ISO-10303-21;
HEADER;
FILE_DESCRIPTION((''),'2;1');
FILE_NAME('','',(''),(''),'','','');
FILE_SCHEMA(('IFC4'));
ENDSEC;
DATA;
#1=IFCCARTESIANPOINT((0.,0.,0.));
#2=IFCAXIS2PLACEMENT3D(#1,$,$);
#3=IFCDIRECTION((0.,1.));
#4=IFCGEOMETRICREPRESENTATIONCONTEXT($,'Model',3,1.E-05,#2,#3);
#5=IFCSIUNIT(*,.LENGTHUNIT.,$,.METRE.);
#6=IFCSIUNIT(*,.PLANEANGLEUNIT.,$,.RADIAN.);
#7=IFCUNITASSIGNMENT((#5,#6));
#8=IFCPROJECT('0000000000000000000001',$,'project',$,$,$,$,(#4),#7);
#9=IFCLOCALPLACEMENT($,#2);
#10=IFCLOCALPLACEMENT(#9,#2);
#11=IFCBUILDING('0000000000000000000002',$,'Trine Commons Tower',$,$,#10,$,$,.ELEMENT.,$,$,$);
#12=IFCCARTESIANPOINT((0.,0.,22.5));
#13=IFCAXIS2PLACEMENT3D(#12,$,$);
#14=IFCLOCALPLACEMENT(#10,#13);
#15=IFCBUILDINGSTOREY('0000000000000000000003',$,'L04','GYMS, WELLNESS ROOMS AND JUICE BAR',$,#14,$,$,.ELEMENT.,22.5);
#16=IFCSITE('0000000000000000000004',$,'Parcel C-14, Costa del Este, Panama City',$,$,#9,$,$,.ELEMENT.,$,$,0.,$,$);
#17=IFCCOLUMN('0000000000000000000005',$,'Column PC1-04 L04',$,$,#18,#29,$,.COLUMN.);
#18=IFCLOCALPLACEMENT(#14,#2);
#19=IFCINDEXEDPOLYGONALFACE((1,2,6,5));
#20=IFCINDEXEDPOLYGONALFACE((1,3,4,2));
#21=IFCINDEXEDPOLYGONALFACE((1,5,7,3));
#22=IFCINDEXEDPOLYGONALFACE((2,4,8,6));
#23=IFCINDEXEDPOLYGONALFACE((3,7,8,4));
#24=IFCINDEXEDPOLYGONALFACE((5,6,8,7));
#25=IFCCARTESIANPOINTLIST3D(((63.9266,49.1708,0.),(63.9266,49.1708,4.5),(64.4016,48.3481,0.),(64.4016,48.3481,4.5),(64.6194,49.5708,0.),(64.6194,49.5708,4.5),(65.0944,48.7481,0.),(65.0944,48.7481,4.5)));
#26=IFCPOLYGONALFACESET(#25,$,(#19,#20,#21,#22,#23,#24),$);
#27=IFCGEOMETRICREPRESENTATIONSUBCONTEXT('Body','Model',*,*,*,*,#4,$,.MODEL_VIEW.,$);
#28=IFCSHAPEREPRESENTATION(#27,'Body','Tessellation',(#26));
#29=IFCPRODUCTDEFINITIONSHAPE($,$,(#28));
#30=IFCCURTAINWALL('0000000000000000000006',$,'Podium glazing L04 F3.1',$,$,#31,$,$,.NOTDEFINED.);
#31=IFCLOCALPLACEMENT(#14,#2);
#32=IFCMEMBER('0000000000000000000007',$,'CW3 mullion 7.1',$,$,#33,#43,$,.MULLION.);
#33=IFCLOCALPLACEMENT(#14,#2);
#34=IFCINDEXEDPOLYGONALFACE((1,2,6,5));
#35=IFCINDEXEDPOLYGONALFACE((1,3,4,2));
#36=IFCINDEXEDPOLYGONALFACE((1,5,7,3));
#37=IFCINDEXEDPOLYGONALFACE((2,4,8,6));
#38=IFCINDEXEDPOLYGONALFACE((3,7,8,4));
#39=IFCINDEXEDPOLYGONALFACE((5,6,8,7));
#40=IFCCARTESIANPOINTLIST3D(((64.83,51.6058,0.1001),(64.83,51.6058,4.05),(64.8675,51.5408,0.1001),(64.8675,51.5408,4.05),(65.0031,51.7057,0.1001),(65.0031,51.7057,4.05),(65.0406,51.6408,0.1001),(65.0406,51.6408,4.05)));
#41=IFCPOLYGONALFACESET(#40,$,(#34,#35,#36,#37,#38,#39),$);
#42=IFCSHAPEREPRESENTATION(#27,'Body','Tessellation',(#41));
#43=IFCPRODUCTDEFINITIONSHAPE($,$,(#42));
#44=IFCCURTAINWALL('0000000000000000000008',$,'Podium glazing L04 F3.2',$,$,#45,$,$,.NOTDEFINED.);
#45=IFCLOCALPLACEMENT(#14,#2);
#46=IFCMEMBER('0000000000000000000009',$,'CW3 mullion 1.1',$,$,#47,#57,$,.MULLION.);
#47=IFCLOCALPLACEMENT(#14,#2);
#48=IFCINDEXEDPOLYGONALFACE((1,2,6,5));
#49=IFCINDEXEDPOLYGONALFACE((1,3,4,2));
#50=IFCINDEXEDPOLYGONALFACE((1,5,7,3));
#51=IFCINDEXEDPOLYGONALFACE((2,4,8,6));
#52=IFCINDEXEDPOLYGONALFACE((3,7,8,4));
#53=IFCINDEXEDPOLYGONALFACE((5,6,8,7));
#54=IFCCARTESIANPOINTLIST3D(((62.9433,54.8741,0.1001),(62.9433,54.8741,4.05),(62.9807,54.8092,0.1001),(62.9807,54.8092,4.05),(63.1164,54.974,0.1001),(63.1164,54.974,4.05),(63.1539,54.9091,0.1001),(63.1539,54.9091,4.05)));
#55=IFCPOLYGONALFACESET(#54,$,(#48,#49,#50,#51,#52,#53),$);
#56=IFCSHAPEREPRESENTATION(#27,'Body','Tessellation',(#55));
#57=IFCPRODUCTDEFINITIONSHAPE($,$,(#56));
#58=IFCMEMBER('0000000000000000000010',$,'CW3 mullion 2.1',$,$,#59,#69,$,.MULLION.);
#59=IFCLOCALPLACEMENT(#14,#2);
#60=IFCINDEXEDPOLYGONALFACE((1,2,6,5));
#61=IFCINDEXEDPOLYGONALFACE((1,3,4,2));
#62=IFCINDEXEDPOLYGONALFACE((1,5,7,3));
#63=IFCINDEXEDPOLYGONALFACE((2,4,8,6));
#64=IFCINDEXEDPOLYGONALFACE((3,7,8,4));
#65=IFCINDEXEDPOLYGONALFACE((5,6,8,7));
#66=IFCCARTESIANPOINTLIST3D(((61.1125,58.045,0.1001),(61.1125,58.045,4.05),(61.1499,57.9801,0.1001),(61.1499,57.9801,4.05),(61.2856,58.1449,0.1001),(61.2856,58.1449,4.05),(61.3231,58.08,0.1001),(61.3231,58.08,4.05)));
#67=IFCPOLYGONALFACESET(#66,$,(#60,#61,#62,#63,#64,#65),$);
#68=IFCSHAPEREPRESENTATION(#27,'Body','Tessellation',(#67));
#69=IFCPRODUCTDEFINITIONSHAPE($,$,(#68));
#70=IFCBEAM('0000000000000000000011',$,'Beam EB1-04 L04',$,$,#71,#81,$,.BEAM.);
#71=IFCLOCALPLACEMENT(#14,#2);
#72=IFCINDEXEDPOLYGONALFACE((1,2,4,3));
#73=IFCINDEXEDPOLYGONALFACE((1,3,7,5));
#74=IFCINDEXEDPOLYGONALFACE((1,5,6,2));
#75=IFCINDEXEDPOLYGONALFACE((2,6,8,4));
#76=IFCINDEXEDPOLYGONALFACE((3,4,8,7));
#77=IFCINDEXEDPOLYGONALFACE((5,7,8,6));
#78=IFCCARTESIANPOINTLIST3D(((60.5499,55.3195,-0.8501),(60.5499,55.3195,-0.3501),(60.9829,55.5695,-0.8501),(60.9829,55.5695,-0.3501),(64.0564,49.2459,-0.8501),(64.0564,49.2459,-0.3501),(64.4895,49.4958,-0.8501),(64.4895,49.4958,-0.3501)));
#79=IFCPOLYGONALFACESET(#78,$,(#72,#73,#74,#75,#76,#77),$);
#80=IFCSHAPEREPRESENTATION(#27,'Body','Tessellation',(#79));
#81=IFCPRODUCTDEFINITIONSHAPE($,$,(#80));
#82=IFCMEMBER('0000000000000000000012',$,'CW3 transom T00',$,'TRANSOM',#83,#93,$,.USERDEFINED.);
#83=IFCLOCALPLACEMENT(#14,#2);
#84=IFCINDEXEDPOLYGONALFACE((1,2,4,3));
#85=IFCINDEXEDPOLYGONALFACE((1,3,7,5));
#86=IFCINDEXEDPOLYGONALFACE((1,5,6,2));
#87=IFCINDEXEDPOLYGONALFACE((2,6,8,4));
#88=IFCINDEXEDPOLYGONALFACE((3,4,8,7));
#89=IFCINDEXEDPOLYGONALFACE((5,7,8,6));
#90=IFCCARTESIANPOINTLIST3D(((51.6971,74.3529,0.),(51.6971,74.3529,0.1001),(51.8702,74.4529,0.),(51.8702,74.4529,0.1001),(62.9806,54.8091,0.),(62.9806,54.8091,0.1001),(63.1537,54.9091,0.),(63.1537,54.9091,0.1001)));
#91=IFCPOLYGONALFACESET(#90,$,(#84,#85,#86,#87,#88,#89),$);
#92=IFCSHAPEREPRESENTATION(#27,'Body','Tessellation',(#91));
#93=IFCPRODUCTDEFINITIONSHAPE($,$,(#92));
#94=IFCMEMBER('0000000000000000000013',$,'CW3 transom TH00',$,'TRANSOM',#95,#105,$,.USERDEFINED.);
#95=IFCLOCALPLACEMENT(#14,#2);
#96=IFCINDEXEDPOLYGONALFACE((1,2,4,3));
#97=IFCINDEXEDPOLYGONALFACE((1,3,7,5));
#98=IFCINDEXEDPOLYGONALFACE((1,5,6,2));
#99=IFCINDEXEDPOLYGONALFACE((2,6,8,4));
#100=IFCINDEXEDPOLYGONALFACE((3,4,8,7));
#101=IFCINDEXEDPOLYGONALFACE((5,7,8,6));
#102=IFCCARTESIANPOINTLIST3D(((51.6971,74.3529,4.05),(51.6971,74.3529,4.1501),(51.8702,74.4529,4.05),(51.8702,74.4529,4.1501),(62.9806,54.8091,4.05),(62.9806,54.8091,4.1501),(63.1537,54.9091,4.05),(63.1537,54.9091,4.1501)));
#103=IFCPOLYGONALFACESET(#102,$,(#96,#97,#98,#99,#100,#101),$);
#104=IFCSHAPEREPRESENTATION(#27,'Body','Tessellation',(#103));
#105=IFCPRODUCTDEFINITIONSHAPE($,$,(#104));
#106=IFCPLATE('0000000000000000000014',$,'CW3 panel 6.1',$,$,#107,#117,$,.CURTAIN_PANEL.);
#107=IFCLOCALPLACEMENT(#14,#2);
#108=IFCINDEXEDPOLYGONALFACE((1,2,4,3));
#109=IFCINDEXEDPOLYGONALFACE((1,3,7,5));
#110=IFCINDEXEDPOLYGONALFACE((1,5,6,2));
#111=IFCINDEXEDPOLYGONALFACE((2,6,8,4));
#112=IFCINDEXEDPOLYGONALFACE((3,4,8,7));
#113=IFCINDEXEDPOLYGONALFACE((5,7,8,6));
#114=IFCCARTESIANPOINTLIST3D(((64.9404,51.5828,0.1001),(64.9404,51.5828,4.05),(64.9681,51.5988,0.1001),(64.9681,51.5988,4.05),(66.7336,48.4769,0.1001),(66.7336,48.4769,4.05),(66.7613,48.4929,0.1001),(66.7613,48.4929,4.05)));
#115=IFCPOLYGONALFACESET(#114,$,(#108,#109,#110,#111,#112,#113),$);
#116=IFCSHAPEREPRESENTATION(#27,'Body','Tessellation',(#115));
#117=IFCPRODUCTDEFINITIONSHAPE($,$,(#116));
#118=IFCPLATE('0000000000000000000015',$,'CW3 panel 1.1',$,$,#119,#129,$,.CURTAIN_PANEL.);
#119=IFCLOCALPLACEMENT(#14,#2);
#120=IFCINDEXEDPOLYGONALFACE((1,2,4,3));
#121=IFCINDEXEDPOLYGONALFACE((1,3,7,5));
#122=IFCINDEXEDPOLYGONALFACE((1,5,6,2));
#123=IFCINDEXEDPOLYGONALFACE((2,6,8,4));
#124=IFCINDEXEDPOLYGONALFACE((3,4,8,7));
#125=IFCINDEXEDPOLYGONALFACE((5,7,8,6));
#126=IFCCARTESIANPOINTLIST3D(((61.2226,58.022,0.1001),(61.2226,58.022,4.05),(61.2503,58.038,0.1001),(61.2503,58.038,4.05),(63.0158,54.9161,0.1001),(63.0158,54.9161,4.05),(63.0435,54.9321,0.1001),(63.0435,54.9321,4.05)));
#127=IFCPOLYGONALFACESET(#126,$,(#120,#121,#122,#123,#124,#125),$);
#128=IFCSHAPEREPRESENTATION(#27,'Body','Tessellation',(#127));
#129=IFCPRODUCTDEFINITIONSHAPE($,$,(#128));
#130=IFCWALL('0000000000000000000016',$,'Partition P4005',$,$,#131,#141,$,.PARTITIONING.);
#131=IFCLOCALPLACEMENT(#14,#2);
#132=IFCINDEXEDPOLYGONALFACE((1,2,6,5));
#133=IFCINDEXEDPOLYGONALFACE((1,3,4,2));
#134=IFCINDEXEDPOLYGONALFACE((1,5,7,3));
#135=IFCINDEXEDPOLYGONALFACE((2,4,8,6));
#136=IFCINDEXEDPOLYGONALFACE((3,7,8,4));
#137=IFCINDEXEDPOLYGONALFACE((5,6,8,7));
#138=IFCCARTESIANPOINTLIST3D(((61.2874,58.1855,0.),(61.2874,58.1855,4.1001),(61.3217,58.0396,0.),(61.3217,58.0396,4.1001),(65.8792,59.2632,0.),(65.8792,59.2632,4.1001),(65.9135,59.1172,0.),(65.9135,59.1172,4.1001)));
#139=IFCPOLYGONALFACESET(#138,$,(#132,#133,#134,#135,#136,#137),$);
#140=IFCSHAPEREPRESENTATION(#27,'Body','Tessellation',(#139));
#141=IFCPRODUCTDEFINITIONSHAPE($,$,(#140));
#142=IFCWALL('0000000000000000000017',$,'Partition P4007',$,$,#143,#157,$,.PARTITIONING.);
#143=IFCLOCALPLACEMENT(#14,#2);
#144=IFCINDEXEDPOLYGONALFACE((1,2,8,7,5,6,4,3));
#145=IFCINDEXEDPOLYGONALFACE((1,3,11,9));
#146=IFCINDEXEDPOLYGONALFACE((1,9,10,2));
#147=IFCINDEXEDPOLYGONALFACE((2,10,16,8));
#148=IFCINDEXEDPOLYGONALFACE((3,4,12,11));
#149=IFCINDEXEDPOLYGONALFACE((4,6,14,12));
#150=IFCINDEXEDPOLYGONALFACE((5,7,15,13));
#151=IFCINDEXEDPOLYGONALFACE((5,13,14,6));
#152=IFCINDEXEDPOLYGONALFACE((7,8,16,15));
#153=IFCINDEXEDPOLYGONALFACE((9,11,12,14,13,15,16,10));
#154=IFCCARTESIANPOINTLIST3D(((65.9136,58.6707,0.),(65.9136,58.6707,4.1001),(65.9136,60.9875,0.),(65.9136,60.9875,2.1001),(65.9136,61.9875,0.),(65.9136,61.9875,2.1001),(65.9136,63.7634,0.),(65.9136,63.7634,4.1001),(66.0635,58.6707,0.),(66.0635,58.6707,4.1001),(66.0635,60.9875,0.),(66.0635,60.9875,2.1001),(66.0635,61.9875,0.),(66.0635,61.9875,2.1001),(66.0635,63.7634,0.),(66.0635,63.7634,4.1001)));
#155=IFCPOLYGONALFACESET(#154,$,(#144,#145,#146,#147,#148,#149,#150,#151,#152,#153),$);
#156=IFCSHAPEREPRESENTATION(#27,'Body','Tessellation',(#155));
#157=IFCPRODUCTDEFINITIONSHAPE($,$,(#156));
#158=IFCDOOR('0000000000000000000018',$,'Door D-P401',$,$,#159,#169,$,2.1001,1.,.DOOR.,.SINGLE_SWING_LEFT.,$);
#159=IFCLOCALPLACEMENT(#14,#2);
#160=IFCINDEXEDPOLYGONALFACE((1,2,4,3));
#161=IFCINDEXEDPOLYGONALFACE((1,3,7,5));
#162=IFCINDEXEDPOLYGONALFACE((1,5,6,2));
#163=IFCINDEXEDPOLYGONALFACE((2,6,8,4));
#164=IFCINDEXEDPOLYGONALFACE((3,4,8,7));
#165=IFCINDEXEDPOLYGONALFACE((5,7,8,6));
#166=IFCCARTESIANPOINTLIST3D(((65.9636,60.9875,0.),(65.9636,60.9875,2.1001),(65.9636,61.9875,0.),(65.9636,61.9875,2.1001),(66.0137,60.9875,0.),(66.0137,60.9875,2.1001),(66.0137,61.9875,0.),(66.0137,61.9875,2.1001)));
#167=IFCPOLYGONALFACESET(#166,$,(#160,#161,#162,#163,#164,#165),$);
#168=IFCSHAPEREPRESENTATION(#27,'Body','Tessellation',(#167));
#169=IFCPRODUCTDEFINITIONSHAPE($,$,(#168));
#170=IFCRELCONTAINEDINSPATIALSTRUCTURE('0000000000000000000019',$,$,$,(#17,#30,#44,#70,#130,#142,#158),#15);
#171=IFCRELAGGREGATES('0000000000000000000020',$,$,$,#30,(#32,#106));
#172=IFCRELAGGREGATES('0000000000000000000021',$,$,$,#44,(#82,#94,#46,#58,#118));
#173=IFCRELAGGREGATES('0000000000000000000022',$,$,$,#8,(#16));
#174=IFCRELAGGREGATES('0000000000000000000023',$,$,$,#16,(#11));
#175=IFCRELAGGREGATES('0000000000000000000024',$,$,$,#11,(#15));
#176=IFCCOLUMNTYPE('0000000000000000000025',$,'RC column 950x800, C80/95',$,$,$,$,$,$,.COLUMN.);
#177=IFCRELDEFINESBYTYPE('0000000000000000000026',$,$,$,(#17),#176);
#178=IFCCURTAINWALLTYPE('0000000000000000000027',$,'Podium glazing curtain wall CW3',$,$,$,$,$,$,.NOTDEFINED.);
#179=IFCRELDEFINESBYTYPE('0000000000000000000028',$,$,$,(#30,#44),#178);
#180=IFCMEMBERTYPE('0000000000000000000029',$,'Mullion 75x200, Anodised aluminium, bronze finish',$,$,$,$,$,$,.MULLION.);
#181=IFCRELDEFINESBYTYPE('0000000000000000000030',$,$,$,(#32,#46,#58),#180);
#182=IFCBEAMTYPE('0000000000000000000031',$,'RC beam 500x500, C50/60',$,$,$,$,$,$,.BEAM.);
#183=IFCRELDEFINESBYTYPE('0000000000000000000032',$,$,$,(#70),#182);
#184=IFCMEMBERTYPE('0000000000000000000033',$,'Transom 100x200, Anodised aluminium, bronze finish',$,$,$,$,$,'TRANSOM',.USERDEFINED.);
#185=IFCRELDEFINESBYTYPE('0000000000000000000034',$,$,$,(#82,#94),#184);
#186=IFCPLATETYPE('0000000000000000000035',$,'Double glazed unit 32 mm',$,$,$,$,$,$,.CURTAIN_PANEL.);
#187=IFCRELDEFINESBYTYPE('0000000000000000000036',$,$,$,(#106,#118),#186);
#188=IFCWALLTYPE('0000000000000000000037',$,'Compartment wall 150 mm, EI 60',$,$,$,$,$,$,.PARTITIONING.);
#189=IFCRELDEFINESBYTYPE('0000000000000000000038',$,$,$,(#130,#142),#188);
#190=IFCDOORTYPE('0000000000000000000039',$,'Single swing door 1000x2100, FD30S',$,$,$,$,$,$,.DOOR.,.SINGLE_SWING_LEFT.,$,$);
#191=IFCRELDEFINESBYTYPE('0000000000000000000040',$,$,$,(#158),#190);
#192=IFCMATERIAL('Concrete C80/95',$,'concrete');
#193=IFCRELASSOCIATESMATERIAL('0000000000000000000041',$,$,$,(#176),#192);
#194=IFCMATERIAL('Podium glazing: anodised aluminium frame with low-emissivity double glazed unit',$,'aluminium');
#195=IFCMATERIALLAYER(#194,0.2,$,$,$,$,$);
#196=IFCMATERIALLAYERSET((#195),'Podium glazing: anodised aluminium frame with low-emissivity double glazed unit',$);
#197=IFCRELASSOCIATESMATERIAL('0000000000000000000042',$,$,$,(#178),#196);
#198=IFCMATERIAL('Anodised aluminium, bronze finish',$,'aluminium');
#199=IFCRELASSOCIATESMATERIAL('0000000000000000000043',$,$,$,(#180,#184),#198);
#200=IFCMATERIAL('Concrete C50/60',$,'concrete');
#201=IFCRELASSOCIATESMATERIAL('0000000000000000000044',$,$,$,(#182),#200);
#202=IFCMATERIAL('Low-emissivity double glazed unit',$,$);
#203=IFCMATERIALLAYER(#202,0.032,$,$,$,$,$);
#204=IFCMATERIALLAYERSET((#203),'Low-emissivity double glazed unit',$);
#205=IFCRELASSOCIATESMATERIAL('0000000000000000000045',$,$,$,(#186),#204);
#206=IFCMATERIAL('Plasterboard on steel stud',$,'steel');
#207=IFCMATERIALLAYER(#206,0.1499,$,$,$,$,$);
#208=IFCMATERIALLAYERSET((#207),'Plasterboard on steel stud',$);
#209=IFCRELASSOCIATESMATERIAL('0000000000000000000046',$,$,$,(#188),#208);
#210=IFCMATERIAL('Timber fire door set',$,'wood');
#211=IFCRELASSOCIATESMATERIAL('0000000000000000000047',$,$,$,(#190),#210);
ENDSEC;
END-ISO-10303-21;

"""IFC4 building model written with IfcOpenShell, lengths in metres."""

from ifc_helpers import new_model, si_unit, direction, frame, frame_2d, origin, origin_2d, place, context, subcontext, project, spatial, rectangle, extrude, material, layer, layer_set, material_profile, profile_set, type_object, element, fill, aggregate, save


model = new_model("IFC4")

# Units and contexts
model_context = context("Model", 3, precision=1e-05, world=origin(), true_north=direction((0.0, 1.0)))
body_context = subcontext(model_context, "Body", "Model", "MODEL_VIEW")
ifc_project = project(units=[si_unit("LENGTHUNIT", "METRE"), si_unit("PLANEANGLEUNIT", "RADIAN")], contexts=[model_context])

# Site, building, storey
site_placement = place(None, origin())
site = spatial("IfcSite", under=ifc_project, at=site_placement, Name="Parcel C-14, Costa del Este, Panama City", CompositionType="ELEMENT", RefElevation=0.0)
building_placement = place(site_placement, origin())
building = spatial("IfcBuilding", under=site, at=building_placement, Name="Trine Commons Tower", CompositionType="ELEMENT")
storey_placement = place(building_placement, frame((0.0, 0.0, 22.5)))
storey = spatial("IfcBuildingStorey", under=building, at=storey_placement, Name="L04", Description="GYMS, WELLNESS ROOMS AND JUICE BAR", CompositionType="ELEMENT", Elevation=22.5)

# Column
ifc_material_1 = material(Name="Concrete C80/95", Category="concrete")
ifc_material_profile_1 = material_profile(ifc_material_1, rectangle(XDim=0.95, YDim=0.8, at=origin_2d()), Name="RC 950x800")
ifc_profile_set_1 = profile_set([ifc_material_profile_1], Name="Concrete C80/95")
column_type = type_object("IfcColumnType", Name="RC column 950x800, C80/95", PredefinedType="COLUMN", material=ifc_profile_set_1)
column_placement = place(storey_placement, frame((64.5105, 48.9595, 0.0), z_axis=(0.0, 0.0, 1.0), x_axis=(-0.5, 0.866025, 0.0)))
element("IfcColumn", 1, at=column_placement, inside=storey, type_object=column_type, Name="Column PC1-04 L04", PredefinedType="COLUMN", context=body_context, shape_type="SweptSolid", body=[
    extrude(rectangle(XDim=0.95, YDim=0.8, at=origin_2d()), origin(), (0.0, 0.0, 1.0), 4.5),
])

# Curtain wall, member
ifc_material_2 = material(Name="Podium glazing: anodised aluminium frame with low-emissivity double glazed unit", Category="aluminium")
ifc_layer_1 = layer(ifc_material_2, 0.2)
ifc_layer_set_1 = layer_set([ifc_layer_1], Name="Podium glazing: anodised aluminium frame with low-emissivity double glazed unit")
curtain_wall_type = type_object("IfcCurtainWallType", Name="Podium glazing curtain wall CW3", PredefinedType="NOTDEFINED", material=ifc_layer_set_1)
curtain_wall_1_placement = place(storey_placement, origin())
curtain_wall_1 = element("IfcCurtainWall", 2, at=curtain_wall_1_placement, inside=storey, type_object=curtain_wall_type, Name="Podium glazing L04 F3.1", PredefinedType="NOTDEFINED")
ifc_material_3 = material(Name="Anodised aluminium, bronze finish", Category="aluminium")
ifc_material_profile_2 = material_profile(ifc_material_3, rectangle(XDim=0.2, YDim=0.075, at=origin_2d()), Name="Mullion 75x200")
ifc_profile_set_2 = profile_set([ifc_material_profile_2], Name="Anodised aluminium, bronze finish")
member_type_1 = type_object("IfcMemberType", Name="Mullion 75x200, Anodised aluminium, bronze finish", PredefinedType="MULLION", material=ifc_profile_set_2)
member_1_placement = place(storey_placement, frame((64.9353, 51.6233, 0.1001), z_axis=(0.0, 0.0, 1.0), x_axis=(-0.866025, -0.5, 0.0)))
member_1 = element("IfcMember", 3, at=member_1_placement, type_object=member_type_1, Name="CW3 mullion 7.1", PredefinedType="MULLION", context=body_context, shape_type="SweptSolid", body=[
    extrude(rectangle(XDim=0.2, YDim=0.075, at=origin_2d()), origin(), (0.0, 0.0, 1.0), 3.95),
])

# Curtain wall, members
curtain_wall_2_placement = place(storey_placement, origin())
curtain_wall_2 = element("IfcCurtainWall", 4, at=curtain_wall_2_placement, inside=storey, type_object=curtain_wall_type, Name="Podium glazing L04 F3.2", PredefinedType="NOTDEFINED")
member_2_placement = place(storey_placement, frame((63.0486, 54.8916, 0.1001), z_axis=(0.0, 0.0, 1.0), x_axis=(-0.866025, -0.5, 0.0)))
member_2 = element("IfcMember", 5, at=member_2_placement, type_object=member_type_1, Name="CW3 mullion 1.1", PredefinedType="MULLION", context=body_context, shape_type="SweptSolid", body=[
    extrude(rectangle(XDim=0.2, YDim=0.075, at=origin_2d()), origin(), (0.0, 0.0, 1.0), 3.95),
])
member_3_placement = place(storey_placement, frame((61.2178, 58.0625, 0.1001), z_axis=(0.0, 0.0, 1.0), x_axis=(-0.866025, -0.5, 0.0)))
member_3 = element("IfcMember", 6, at=member_3_placement, type_object=member_type_1, Name="CW3 mullion 2.1", PredefinedType="MULLION", context=body_context, shape_type="SweptSolid", body=[
    extrude(rectangle(XDim=0.2, YDim=0.075, at=origin_2d()), origin(), (0.0, 0.0, 1.0), 3.95),
])

# Beam
ifc_material_4 = material(Name="Concrete C50/60", Category="concrete")
ifc_material_profile_3 = material_profile(ifc_material_4, rectangle(XDim=0.5, YDim=0.5, at=origin_2d()), Name="RC 500x500")
ifc_profile_set_3 = profile_set([ifc_material_profile_3], Name="Concrete C50/60")
beam_type = type_object("IfcBeamType", Name="RC beam 500x500, C50/60", PredefinedType="BEAM", material=ifc_profile_set_3)
beam_placement = place(storey_placement, frame((64.2729, 49.3708, -0.6001), z_axis=(-0.499992, 0.86603, 0.0), x_axis=(-0.86603, -0.499992, 0.0)))
element("IfcBeam", 7, at=beam_placement, inside=storey, type_object=beam_type, Name="Beam EB1-04 L04", PredefinedType="BEAM", context=body_context, shape_type="SweptSolid", body=[
    extrude(rectangle(XDim=0.5, YDim=0.5, at=origin_2d()), origin(), (0.0, 0.0, 1.0), 7.0132),
])

# Members
ifc_material_profile_4 = material_profile(ifc_material_3, rectangle(XDim=0.2, YDim=0.1001, at=origin_2d()), Name="Transom 100x200")
ifc_profile_set_4 = profile_set([ifc_material_profile_4], Name="Anodised aluminium, bronze finish")
member_type_2 = type_object("IfcMemberType", Name="Transom 100x200, Anodised aluminium, bronze finish", ElementType="TRANSOM", PredefinedType="USERDEFINED", material=ifc_profile_set_4)
member_4_placement = place(storey_placement, frame((63.0671, 54.8591, 0.05), z_axis=(-0.499996, 0.866028, 0.0), x_axis=(-0.866028, -0.499996, 0.0)))
member_4 = element("IfcMember", 8, at=member_4_placement, type_object=member_type_2, Name="CW3 transom T00", ObjectType="TRANSOM", PredefinedType="USERDEFINED", context=body_context, shape_type="SweptSolid", body=[
    extrude(rectangle(XDim=0.2, YDim=0.1001, at=origin_2d()), origin(), (0.0, 0.0, 1.0), 22.5671),
])
member_5_placement = place(storey_placement, frame((63.0671, 54.8591, 4.1001), z_axis=(-0.499996, 0.866028, 0.0), x_axis=(-0.866028, -0.499996, 0.0)))
member_5 = element("IfcMember", 9, at=member_5_placement, type_object=member_type_2, Name="CW3 transom TH00", ObjectType="TRANSOM", PredefinedType="USERDEFINED", context=body_context, shape_type="SweptSolid", body=[
    extrude(rectangle(XDim=0.2, YDim=0.1001, at=origin_2d()), origin(), (0.0, 0.0, 1.0), 22.5671),
])

# Plates
ifc_material_5 = material(Name="Low-emissivity double glazed unit")
ifc_layer_2 = layer(ifc_material_5, 0.032)
ifc_layer_set_2 = layer_set([ifc_layer_2], Name="Low-emissivity double glazed unit")
plate_type = type_object("IfcPlateType", Name="Double glazed unit 32 mm", PredefinedType="CURTAIN_PANEL", material=ifc_layer_set_2)
plate_1_placement = place(storey_placement, frame((65.8508, 50.0378, 0.1001), z_axis=(0.0, 0.0, 1.0), x_axis=(-0.5, 0.866025, 0.0)))
plate_1 = element("IfcPlate", 10, at=plate_1_placement, type_object=plate_type, Name="CW3 panel 6.1", PredefinedType="CURTAIN_PANEL", context=body_context, shape_type="SweptSolid", body=[
    extrude(rectangle(XDim=3.5864, YDim=0.032, at=origin_2d()), origin(), (0.0, 0.0, 1.0), 3.95),
])
aggregate(curtain_wall_1, [member_1, plate_1])
plate_2_placement = place(storey_placement, frame((62.1331, 56.4771, 0.1001), z_axis=(0.0, 0.0, 1.0), x_axis=(-0.5, 0.866025, 0.0)))
plate_2 = element("IfcPlate", 11, at=plate_2_placement, type_object=plate_type, Name="CW3 panel 1.1", PredefinedType="CURTAIN_PANEL", context=body_context, shape_type="SweptSolid", body=[
    extrude(rectangle(XDim=3.5864, YDim=0.032, at=origin_2d()), origin(), (0.0, 0.0, 1.0), 3.95),
])
aggregate(curtain_wall_2, [member_4, member_5, member_2, member_3, plate_2])

# Wall
ifc_material_6 = material(Name="Plasterboard on steel stud", Category="steel")
ifc_layer_3 = layer(ifc_material_6, 0.1499)
ifc_layer_set_3 = layer_set([ifc_layer_3], Name="Plasterboard on steel stud")
wall_type_1 = type_object("IfcWallType", Name="Compartment wall 150 mm, EI 60", PredefinedType="PARTITIONING", material=ifc_layer_set_3)
wall_1_placement = place(storey_placement, frame((61.3044, 58.1125, 0.0), z_axis=(0.0, 0.0, 1.0), x_axis=(0.973549, 0.22848, 0.0)))
element("IfcWall", 12, at=wall_1_placement, inside=storey, type_object=wall_type_1, Name="Partition P4005", PredefinedType="PARTITIONING", context=body_context, shape_type="SweptSolid", body=[
    extrude(rectangle(XDim=4.7166, YDim=0.1499, at=frame_2d((2.3584, 0.0))), origin(), (0.0, 0.0, 1.0), 4.1001),
])

# Wall, opening, door
wall_2_placement = place(storey_placement, frame((65.9885, 58.6707, 0.0), z_axis=(0.0, 0.0, 1.0), x_axis=(0.0, 1.0, 0.0)))
wall_2 = element("IfcWall", 13, at=wall_2_placement, inside=storey, type_object=wall_type_1, Name="Partition P4007", PredefinedType="PARTITIONING", context=body_context, shape_type="SweptSolid", body=[
    extrude(rectangle(XDim=5.0928, YDim=0.1499, at=frame_2d((2.5464, 0.0))), origin(), (0.0, 0.0, 1.0), 4.1001),
])
opening_1_placement = place(wall_2_placement, frame((2.3169, 0.0, 0.0)))
opening_1 = element("IfcOpeningElement", 14, at=opening_1_placement, cuts=wall_2, PredefinedType="OPENING", context=body_context, shape_type="SweptSolid", body=[
    extrude(rectangle(XDim=1.0, YDim=2.1001, at=frame_2d((0.5, 1.05))), frame((0.0, 0.085, 0.0), z_axis=(0.0, -1.0, 0.0), x_axis=(1.0, 0.0, 0.0)), (0.0, 0.0, 1.0), 0.1699),
])
ifc_material_7 = material(Name="Timber fire door set", Category="wood")
door_type_1 = type_object("IfcDoorType", Name="Single swing door 1000x2100, FD30S", OperationType="SINGLE_SWING_LEFT", PredefinedType="DOOR", material=ifc_material_7)
door_1_placement = place(opening_1_placement, origin())
door_1 = element("IfcDoor", 15, at=door_1_placement, inside=storey, type_object=door_type_1, Name="Door D-P401", OperationType="SINGLE_SWING_LEFT", OverallHeight=2.1001, OverallWidth=1.0, PredefinedType="DOOR", context=body_context, shape_type="SweptSolid", body=[
    extrude(rectangle(XDim=1.0, YDim=2.1001, at=frame_2d((0.5, 1.05))), frame((0.0, 0.0249, 0.0), z_axis=(0.0, -1.0, 0.0), x_axis=(1.0, 0.0, 0.0)), (0.0, 0.0, 1.0), 0.05),
])
fill(opening_1, door_1)

save(model, "model.ifc")
